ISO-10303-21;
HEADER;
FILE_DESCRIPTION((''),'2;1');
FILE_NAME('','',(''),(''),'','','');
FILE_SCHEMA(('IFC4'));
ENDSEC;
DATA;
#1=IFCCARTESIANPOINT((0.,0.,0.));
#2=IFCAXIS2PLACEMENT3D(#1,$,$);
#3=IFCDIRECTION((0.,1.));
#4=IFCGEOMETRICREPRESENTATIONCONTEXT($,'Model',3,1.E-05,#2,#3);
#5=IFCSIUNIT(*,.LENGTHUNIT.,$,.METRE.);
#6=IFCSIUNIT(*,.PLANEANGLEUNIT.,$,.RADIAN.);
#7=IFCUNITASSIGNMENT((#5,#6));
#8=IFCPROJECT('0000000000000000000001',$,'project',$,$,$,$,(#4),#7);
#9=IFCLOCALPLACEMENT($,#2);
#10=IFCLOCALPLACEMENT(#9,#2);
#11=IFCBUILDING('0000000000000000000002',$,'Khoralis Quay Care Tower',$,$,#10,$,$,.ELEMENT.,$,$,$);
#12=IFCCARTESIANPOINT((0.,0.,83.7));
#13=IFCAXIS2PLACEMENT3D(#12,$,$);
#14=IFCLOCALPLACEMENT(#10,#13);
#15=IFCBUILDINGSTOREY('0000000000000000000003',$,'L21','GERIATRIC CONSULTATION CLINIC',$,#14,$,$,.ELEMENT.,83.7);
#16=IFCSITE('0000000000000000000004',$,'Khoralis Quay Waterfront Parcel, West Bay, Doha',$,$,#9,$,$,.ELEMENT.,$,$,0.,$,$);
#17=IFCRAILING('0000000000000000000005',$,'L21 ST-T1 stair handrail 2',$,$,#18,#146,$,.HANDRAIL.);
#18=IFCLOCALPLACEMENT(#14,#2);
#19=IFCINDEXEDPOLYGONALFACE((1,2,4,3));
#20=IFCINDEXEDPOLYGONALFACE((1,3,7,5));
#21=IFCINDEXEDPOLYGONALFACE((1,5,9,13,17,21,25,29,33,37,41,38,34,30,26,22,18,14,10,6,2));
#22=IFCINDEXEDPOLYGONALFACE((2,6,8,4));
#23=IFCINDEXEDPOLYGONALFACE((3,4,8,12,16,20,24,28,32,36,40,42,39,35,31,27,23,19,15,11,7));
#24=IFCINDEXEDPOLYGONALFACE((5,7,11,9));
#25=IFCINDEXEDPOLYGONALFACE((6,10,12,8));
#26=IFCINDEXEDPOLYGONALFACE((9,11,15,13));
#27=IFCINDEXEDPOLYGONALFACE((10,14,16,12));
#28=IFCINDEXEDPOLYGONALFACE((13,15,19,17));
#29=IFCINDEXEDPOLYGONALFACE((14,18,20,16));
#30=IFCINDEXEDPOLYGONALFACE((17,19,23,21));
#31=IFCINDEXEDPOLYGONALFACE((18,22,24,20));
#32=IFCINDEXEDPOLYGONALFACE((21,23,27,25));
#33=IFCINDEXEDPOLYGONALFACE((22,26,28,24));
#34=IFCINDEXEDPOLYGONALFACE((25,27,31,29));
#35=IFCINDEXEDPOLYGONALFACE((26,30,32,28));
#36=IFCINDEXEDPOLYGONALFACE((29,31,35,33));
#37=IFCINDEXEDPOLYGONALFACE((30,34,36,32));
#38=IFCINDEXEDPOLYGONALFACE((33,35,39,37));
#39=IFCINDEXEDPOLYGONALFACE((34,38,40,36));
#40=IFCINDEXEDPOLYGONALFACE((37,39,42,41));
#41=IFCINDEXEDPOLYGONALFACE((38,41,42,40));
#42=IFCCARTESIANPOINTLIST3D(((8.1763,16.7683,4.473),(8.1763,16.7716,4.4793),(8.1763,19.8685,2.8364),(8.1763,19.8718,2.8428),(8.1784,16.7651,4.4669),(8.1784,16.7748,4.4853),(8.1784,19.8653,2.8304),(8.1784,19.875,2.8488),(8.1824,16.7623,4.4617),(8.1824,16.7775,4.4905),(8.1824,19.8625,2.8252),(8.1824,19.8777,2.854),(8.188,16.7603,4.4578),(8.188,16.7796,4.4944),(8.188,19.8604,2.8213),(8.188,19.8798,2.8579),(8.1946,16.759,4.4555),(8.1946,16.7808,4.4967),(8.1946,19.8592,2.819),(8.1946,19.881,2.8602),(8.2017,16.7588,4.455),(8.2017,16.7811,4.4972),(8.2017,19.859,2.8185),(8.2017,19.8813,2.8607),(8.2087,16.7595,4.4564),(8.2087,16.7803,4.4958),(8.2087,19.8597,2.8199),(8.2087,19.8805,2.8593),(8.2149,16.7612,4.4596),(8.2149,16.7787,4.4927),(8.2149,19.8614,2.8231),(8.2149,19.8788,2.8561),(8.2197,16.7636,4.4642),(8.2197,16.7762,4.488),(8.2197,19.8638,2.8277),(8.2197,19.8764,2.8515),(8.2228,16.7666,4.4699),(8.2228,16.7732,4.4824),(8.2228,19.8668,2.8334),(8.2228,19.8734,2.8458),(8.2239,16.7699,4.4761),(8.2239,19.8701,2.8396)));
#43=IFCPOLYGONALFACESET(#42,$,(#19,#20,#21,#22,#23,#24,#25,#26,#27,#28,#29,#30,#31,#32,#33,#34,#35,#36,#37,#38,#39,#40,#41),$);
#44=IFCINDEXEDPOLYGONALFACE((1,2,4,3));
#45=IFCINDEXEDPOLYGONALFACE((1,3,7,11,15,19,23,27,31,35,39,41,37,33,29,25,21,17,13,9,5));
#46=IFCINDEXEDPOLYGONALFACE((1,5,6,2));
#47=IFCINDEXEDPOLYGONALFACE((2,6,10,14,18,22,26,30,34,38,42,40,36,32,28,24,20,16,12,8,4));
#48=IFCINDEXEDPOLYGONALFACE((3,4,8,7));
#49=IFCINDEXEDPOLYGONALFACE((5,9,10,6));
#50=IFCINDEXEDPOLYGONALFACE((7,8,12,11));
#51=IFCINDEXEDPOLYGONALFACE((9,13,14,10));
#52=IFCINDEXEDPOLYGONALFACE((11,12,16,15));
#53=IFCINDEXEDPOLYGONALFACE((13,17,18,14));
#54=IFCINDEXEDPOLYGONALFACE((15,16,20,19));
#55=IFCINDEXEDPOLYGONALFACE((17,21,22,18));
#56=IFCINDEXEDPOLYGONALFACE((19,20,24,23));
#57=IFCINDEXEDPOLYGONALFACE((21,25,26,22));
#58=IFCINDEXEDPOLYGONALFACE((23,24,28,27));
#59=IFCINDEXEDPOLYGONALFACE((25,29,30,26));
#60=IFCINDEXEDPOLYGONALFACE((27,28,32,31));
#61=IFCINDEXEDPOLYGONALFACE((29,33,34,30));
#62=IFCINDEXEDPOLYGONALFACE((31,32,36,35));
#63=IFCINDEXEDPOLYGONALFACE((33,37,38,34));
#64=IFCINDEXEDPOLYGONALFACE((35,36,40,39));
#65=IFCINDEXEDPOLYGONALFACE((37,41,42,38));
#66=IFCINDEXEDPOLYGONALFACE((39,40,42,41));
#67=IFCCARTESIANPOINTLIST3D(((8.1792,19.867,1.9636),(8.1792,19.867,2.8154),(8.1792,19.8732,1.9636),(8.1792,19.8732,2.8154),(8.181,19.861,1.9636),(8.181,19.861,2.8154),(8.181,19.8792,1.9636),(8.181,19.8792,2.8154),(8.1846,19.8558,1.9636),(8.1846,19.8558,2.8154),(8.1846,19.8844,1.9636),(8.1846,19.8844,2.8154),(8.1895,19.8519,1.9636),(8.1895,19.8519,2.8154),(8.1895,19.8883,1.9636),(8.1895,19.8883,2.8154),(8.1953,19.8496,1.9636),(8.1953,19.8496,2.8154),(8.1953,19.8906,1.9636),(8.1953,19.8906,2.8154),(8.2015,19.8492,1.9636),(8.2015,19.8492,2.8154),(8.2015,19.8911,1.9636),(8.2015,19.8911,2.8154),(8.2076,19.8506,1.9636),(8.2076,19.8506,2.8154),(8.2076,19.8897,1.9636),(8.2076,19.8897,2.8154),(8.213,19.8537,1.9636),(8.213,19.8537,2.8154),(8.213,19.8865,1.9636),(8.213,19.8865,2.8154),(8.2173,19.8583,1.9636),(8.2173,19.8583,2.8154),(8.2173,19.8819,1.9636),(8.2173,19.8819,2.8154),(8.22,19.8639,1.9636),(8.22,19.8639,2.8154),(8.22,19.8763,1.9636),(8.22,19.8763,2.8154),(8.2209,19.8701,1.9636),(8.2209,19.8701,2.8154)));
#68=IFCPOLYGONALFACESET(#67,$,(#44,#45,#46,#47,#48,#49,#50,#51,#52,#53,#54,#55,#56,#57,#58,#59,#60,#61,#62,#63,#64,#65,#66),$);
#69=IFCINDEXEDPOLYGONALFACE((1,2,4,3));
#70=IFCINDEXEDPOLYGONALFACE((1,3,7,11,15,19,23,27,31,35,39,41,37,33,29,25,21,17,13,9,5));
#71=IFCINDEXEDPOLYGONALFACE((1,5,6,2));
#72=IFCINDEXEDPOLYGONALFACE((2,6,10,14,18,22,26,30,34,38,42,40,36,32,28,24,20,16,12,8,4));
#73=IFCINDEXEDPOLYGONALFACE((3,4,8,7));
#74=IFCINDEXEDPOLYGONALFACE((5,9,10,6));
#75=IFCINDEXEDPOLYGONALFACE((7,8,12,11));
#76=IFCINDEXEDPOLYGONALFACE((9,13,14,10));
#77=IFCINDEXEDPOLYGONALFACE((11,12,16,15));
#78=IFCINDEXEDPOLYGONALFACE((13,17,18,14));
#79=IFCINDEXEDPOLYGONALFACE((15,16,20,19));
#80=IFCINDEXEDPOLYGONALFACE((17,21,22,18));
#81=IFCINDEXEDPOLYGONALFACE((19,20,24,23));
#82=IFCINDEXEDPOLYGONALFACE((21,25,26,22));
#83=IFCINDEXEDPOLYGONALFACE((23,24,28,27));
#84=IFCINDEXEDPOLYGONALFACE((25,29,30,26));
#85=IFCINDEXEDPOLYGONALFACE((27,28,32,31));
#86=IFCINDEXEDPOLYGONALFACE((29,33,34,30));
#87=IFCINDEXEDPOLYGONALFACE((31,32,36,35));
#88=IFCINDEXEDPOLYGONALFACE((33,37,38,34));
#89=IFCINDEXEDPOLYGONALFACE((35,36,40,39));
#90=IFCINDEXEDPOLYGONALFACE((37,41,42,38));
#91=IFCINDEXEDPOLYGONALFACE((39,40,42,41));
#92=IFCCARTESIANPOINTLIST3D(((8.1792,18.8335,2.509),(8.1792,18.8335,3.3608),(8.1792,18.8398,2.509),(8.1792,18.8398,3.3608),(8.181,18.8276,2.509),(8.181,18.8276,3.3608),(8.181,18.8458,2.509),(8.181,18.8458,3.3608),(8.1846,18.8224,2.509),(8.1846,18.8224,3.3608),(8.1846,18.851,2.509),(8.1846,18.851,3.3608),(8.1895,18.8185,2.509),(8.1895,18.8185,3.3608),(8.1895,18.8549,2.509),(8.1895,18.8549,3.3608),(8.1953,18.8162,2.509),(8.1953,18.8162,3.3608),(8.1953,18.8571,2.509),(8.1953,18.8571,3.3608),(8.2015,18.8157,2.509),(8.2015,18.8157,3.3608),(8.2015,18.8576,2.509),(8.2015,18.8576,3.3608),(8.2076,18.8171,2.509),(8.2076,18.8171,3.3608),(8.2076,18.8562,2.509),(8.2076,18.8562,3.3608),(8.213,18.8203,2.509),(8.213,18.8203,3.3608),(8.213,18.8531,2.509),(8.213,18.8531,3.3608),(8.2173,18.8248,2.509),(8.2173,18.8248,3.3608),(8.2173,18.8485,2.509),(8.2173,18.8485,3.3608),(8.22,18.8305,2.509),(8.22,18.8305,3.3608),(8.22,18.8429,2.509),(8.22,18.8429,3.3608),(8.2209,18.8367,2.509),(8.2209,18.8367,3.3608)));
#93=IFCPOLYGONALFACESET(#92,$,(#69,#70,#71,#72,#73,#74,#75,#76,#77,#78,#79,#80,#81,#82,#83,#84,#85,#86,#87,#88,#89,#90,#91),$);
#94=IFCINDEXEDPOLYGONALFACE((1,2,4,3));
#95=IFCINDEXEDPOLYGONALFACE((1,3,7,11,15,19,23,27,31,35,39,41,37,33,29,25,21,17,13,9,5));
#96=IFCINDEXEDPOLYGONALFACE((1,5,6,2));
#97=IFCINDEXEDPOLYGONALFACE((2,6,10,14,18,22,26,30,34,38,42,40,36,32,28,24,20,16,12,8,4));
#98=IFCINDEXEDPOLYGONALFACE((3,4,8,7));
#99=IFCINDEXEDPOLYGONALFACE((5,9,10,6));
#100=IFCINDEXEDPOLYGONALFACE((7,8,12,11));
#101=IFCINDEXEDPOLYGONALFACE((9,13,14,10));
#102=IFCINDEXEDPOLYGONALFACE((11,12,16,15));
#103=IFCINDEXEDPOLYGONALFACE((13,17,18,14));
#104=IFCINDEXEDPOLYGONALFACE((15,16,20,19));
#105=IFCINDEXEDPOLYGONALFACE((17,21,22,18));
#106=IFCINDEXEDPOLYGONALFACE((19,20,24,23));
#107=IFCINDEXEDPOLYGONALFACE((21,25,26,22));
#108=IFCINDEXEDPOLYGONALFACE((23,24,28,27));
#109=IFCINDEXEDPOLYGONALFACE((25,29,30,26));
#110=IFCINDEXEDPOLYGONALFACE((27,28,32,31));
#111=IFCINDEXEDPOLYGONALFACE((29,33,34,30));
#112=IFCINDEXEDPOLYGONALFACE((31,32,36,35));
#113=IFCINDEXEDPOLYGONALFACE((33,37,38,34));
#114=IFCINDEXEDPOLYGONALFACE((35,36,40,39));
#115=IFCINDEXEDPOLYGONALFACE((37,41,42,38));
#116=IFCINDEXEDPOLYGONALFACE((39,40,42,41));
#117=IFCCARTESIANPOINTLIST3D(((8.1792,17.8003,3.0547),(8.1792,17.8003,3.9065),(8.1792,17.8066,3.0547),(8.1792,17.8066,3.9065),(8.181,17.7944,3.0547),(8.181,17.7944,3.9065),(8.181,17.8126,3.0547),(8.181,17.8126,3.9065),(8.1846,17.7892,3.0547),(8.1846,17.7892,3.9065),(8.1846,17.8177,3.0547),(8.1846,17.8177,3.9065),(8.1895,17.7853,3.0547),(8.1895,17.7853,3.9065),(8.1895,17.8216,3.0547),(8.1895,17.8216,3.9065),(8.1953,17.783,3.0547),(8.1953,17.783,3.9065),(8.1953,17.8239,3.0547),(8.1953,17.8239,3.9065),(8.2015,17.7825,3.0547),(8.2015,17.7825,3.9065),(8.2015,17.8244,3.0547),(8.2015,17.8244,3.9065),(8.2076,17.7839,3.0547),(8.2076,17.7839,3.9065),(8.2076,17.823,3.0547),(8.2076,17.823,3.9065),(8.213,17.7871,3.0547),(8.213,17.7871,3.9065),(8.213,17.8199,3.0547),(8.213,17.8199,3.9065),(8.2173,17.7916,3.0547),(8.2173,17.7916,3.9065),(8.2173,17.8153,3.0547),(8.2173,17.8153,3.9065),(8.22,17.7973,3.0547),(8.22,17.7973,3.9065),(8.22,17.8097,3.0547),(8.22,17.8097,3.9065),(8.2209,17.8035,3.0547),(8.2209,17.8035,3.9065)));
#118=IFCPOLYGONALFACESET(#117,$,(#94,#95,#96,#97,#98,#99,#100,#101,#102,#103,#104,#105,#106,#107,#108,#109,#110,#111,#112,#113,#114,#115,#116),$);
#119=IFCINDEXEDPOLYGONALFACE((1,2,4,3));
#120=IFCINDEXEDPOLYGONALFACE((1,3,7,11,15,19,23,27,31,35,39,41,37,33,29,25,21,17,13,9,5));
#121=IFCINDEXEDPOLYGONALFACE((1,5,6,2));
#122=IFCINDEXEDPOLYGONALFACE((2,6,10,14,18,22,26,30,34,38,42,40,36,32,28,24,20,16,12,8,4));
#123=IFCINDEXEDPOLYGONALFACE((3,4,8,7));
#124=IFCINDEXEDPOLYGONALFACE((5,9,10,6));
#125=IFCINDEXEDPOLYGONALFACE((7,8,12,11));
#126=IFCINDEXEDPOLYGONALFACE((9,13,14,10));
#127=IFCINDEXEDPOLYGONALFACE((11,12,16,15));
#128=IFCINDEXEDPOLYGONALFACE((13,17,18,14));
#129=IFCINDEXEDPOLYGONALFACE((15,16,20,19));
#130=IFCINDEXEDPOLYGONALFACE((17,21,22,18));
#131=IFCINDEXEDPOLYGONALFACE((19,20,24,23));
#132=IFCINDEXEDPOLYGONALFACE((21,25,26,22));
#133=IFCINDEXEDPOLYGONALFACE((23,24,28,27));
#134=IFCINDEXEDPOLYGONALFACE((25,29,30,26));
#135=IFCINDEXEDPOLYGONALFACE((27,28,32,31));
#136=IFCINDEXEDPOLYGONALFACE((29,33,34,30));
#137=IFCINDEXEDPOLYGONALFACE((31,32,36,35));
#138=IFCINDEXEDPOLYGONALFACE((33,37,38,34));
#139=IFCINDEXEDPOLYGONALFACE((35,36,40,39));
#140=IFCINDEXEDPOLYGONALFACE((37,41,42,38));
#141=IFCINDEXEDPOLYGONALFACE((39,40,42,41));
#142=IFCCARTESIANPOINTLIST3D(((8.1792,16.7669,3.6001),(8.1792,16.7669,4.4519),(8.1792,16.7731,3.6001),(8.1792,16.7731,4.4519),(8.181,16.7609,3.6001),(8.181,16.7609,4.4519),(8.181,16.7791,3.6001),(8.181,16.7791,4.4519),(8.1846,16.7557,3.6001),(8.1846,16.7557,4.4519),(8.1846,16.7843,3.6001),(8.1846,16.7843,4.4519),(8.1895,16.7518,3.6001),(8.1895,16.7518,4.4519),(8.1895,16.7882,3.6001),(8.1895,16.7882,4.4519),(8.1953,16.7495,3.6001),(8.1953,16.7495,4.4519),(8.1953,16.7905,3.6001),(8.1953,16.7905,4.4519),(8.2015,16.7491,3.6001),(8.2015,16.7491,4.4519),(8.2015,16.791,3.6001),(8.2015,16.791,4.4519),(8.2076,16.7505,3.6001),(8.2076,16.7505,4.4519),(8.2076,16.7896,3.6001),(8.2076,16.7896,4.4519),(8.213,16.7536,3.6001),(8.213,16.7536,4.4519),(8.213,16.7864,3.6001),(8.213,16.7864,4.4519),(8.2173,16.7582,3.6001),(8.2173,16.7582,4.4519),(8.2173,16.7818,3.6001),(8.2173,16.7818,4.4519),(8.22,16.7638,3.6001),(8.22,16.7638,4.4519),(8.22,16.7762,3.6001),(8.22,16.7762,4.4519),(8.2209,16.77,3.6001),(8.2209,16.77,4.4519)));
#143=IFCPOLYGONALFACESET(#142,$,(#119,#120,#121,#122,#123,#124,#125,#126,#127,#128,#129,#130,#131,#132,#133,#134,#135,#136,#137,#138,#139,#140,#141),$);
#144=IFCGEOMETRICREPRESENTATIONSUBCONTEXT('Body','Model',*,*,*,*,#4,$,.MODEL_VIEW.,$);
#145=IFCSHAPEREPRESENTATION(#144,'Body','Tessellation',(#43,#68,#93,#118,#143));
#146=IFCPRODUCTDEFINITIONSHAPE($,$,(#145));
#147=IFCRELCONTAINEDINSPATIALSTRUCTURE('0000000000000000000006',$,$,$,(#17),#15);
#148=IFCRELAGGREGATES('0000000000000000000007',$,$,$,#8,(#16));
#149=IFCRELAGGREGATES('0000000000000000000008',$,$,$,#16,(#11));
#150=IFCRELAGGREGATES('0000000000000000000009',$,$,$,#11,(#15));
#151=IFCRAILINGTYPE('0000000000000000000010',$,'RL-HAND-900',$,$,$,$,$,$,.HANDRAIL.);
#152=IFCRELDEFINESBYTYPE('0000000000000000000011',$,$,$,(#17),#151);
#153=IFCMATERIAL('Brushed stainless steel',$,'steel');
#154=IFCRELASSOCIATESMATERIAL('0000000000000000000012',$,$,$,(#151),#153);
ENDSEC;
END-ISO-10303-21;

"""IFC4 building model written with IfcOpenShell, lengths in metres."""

from ifc_helpers import new_model, si_unit, direction, frame, origin, origin_2d, place, context, subcontext, project, spatial, circle, extrude, material, type_object, element, save


model = new_model("IFC4")

# Units and contexts
model_context = context("Model", 3, precision=1e-05, world=origin(), true_north=direction((0.0, 1.0)))
body_context = subcontext(model_context, "Body", "Model", "MODEL_VIEW")
ifc_project = project(units=[si_unit("LENGTHUNIT", "METRE"), si_unit("PLANEANGLEUNIT", "RADIAN")], contexts=[model_context])

# Site, building, storey
site_placement = place(None, origin())
site = spatial("IfcSite", under=ifc_project, at=site_placement, Name="Khoralis Quay Waterfront Parcel, West Bay, Doha", CompositionType="ELEMENT", RefElevation=0.0)
building_placement = place(site_placement, origin())
building = spatial("IfcBuilding", under=site, at=building_placement, Name="Khoralis Quay Care Tower", CompositionType="ELEMENT")
storey_placement = place(building_placement, frame((0.0, 0.0, 83.7)))
storey = spatial("IfcBuildingStorey", under=building, at=storey_placement, Name="L21", Description="GERIATRIC CONSULTATION CLINIC", CompositionType="ELEMENT", Elevation=83.7)

# Shared definitions
ifc_material_1 = material(Name="Brushed stainless steel", Category="steel")

# Railing
railing_type_1 = type_object("IfcRailingType", Name="RL-HAND-900", PredefinedType="HANDRAIL", material=ifc_material_1)
railing_1_placement = place(storey_placement, frame((8.2, 19.8701, 1.9636)))
element("IfcRailing", 1, at=railing_1_placement, inside=storey, type_object=railing_type_1, Name="L21 ST-T1 stair handrail 2", PredefinedType="HANDRAIL", context=body_context, shape_type="SweptSolid", body=[
    extrude(circle(Radius=0.0239, at=origin_2d()), frame((0.0, 0.0, 0.876), z_axis=(0.0, -0.884348, 0.466828), x_axis=(1.0, 0.0, 0.0)), (0.0, 0.0, 1.0), 3.5056),
    extrude(circle(Radius=0.021, at=origin_2d()), origin(), (0.0, 0.0, 1.0), 0.8518),
    extrude(circle(Radius=0.021, at=origin_2d()), frame((0.0, -1.0334, 0.5454)), (0.0, 0.0, 1.0), 0.8518),
    extrude(circle(Radius=0.021, at=origin_2d()), frame((0.0, -2.0667, 1.0911)), (0.0, 0.0, 1.0), 0.8518),
    extrude(circle(Radius=0.021, at=origin_2d()), frame((0.0, -3.1001, 1.6365)), (0.0, 0.0, 1.0), 0.8518),
])

save(model, "model.ifc")
